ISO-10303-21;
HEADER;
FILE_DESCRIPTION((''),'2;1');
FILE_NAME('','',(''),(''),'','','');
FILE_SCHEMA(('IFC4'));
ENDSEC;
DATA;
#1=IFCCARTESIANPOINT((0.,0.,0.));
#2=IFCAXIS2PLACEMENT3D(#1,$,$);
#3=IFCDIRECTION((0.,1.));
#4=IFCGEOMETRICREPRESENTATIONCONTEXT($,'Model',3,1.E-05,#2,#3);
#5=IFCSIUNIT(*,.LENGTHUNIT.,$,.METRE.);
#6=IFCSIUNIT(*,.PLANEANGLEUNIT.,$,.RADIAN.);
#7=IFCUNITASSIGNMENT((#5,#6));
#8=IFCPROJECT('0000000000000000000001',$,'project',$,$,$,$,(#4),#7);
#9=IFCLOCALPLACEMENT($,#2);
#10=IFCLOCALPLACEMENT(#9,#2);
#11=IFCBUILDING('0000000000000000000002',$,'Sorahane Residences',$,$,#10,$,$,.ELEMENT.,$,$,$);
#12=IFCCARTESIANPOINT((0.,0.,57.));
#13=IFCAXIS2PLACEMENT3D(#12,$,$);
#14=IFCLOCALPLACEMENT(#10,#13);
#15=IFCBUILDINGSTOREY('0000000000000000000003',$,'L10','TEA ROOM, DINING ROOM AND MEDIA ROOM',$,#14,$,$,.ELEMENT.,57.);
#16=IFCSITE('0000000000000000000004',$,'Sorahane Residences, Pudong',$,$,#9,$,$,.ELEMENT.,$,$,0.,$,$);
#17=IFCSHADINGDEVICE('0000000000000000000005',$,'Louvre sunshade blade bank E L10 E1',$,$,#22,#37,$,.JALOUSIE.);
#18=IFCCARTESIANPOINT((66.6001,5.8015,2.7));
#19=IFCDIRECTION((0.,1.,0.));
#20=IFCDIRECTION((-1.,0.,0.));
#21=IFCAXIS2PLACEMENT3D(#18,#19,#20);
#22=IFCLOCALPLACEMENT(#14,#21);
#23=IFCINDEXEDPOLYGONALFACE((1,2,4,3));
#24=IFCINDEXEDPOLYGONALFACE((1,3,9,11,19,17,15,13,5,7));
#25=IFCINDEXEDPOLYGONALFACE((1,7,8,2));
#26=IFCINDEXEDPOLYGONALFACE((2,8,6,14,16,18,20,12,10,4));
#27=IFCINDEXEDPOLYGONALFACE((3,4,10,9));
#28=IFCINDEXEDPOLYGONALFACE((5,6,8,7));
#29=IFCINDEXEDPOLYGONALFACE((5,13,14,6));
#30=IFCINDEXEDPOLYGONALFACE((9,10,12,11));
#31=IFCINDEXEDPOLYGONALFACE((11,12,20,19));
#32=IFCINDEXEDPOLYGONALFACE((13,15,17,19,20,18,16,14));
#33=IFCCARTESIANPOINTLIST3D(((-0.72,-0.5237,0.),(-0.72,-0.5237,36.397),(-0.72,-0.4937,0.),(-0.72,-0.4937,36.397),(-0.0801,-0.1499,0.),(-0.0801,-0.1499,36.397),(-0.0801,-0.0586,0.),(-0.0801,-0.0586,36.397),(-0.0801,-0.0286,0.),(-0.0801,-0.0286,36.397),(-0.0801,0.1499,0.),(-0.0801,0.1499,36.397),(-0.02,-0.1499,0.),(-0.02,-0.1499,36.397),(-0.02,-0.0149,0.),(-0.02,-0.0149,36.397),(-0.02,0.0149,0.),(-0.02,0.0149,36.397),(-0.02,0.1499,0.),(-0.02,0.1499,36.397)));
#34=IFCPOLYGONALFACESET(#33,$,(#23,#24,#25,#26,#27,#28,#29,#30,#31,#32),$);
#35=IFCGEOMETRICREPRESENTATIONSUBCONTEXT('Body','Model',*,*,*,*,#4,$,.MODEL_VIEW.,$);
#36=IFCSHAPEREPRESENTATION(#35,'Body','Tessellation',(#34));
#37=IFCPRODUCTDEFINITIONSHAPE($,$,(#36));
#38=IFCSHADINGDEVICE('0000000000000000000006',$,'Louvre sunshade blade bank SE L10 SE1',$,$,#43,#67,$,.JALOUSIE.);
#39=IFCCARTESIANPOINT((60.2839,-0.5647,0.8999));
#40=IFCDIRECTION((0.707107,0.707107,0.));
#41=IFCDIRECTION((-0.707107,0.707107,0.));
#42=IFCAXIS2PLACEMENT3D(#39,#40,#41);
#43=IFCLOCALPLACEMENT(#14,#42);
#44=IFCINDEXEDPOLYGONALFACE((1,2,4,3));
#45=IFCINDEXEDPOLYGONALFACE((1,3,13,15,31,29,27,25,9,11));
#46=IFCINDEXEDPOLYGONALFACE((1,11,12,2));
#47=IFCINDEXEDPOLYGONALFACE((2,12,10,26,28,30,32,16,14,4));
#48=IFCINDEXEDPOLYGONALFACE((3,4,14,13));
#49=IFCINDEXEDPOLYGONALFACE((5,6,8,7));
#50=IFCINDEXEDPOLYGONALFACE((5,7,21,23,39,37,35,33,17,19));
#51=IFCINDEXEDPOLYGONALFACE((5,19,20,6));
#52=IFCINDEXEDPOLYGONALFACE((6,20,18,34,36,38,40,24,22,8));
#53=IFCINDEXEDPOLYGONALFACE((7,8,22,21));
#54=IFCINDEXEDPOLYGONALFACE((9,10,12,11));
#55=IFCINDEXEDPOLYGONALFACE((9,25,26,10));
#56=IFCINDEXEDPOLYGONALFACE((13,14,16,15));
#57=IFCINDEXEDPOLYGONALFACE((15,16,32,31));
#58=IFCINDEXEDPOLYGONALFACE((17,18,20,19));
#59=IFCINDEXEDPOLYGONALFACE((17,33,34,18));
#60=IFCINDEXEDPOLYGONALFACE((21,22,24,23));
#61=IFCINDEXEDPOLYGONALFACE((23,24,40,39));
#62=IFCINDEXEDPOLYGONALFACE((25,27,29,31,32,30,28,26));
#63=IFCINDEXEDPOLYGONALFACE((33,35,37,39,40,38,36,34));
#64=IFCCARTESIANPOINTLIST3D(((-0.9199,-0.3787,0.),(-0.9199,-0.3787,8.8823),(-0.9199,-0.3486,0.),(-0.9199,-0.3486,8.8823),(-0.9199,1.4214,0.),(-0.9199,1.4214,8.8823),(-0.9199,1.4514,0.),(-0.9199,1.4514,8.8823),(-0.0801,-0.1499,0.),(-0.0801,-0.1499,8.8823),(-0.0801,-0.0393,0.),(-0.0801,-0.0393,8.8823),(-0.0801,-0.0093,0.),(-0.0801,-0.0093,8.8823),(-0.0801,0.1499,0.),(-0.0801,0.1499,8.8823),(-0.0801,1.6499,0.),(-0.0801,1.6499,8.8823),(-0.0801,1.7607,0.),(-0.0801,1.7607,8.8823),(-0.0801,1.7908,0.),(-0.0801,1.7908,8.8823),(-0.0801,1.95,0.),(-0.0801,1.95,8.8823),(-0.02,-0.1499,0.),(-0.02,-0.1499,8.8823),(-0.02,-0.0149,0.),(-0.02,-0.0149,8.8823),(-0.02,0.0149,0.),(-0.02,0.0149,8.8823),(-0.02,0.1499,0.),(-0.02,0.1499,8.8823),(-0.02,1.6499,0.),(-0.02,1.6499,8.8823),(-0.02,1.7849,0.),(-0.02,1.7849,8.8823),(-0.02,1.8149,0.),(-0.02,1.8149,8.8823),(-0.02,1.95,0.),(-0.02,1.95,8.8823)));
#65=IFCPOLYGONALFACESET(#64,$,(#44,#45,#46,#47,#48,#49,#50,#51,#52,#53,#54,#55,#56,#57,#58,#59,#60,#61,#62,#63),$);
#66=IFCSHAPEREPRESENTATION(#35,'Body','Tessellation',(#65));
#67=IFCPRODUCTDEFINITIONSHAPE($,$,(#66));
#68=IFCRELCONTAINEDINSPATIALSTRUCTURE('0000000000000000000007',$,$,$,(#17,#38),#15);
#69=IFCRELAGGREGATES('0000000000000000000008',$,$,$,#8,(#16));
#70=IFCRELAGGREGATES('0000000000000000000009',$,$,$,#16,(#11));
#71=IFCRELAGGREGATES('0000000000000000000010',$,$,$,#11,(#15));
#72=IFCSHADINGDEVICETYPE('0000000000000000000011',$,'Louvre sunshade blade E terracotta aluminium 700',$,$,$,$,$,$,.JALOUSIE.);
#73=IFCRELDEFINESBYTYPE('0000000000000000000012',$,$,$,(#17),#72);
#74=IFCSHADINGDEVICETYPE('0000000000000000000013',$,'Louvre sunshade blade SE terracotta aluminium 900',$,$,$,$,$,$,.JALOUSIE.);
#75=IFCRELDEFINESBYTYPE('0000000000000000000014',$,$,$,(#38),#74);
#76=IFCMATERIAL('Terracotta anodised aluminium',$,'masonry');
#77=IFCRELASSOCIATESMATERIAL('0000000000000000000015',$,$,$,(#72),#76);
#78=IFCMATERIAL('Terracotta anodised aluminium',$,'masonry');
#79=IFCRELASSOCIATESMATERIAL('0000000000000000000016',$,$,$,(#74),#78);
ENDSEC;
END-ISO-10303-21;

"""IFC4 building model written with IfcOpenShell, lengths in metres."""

from ifc_helpers import new_model, si_unit, direction, frame, origin, place, context, subcontext, project, spatial, polyline, outline, composite_profile, extrude, material, type_object, element, save


model = new_model("IFC4")

# Units and contexts
model_context = context("Model", 3, precision=1e-05, world=origin(), true_north=direction((0.0, 1.0)))
body_context = subcontext(model_context, "Body", "Model", "MODEL_VIEW")
ifc_project = project(units=[si_unit("LENGTHUNIT", "METRE"), si_unit("PLANEANGLEUNIT", "RADIAN")], contexts=[model_context])

# Site, building, storey
site_placement = place(None, origin())
site = spatial("IfcSite", under=ifc_project, at=site_placement, Name="Sorahane Residences, Pudong", CompositionType="ELEMENT", RefElevation=0.0)
building_placement = place(site_placement, origin())
building = spatial("IfcBuilding", under=site, at=building_placement, Name="Sorahane Residences", CompositionType="ELEMENT")
storey_placement = place(building_placement, frame((0.0, 0.0, 57.0)))
storey = spatial("IfcBuildingStorey", under=building, at=storey_placement, Name="L10", Description="TEA ROOM, DINING ROOM AND MEDIA ROOM", CompositionType="ELEMENT", Elevation=57.0)

# Shading devices
ifc_material_1 = material(Name="Terracotta anodised aluminium", Category="masonry")
shading_device_type_1 = type_object("IfcShadingDeviceType", Name="Louvre sunshade blade E terracotta aluminium 700", PredefinedType="JALOUSIE", material=ifc_material_1)
shading_device_1_placement = place(storey_placement, frame((66.6001, 5.8015, 2.7), z_axis=(0.0, 1.0, 0.0), x_axis=(-1.0, 0.0, 0.0)))
element("IfcShadingDevice", 1, at=shading_device_1_placement, inside=storey, type_object=shading_device_type_1, Name="Louvre sunshade blade bank E L10 E1", PredefinedType="JALOUSIE", context=body_context, shape_type="SweptSolid", body=[
    extrude(outline(polyline([(-0.72, -0.4937), (-0.72, -0.5237), (-0.0801, -0.0586), (-0.0801, -0.1499), (-0.02, -0.1499), (-0.02, -0.0149), (-0.02, 0.0149), (-0.02, 0.1499), (-0.0801, 0.1499), (-0.0801, -0.0286), (-0.72, -0.4937)])), origin(), (0.0, 0.0, 1.0), 36.397),
])
ifc_material_2 = material(Name="Terracotta anodised aluminium", Category="masonry")
shading_device_type_2 = type_object("IfcShadingDeviceType", Name="Louvre sunshade blade SE terracotta aluminium 900", PredefinedType="JALOUSIE", material=ifc_material_2)
shading_device_2_placement = place(storey_placement, frame((60.2839, -0.5647, 0.8999), z_axis=(0.707107, 0.707107, 0.0), x_axis=(-0.707107, 0.707107, 0.0)))
element("IfcShadingDevice", 2, at=shading_device_2_placement, inside=storey, type_object=shading_device_type_2, Name="Louvre sunshade blade bank SE L10 SE1", PredefinedType="JALOUSIE", context=body_context, shape_type="SweptSolid", body=[
    extrude(composite_profile([outline(polyline([(-0.9199, -0.3486), (-0.9199, -0.3787), (-0.0801, -0.0393), (-0.0801, -0.1499), (-0.02, -0.1499), (-0.02, -0.0149), (-0.02, 0.0149), (-0.02, 0.1499), (-0.0801, 0.1499), (-0.0801, -0.0093), (-0.9199, -0.3486)])), outline(polyline([(-0.9199, 1.4514), (-0.9199, 1.4214), (-0.0801, 1.7607), (-0.0801, 1.6499), (-0.02, 1.6499), (-0.02, 1.7849), (-0.02, 1.8149), (-0.02, 1.95), (-0.0801, 1.95), (-0.0801, 1.7908), (-0.9199, 1.4514)]))]), origin(), (0.0, 0.0, 1.0), 8.8823),
])

save(model, "model.ifc")
